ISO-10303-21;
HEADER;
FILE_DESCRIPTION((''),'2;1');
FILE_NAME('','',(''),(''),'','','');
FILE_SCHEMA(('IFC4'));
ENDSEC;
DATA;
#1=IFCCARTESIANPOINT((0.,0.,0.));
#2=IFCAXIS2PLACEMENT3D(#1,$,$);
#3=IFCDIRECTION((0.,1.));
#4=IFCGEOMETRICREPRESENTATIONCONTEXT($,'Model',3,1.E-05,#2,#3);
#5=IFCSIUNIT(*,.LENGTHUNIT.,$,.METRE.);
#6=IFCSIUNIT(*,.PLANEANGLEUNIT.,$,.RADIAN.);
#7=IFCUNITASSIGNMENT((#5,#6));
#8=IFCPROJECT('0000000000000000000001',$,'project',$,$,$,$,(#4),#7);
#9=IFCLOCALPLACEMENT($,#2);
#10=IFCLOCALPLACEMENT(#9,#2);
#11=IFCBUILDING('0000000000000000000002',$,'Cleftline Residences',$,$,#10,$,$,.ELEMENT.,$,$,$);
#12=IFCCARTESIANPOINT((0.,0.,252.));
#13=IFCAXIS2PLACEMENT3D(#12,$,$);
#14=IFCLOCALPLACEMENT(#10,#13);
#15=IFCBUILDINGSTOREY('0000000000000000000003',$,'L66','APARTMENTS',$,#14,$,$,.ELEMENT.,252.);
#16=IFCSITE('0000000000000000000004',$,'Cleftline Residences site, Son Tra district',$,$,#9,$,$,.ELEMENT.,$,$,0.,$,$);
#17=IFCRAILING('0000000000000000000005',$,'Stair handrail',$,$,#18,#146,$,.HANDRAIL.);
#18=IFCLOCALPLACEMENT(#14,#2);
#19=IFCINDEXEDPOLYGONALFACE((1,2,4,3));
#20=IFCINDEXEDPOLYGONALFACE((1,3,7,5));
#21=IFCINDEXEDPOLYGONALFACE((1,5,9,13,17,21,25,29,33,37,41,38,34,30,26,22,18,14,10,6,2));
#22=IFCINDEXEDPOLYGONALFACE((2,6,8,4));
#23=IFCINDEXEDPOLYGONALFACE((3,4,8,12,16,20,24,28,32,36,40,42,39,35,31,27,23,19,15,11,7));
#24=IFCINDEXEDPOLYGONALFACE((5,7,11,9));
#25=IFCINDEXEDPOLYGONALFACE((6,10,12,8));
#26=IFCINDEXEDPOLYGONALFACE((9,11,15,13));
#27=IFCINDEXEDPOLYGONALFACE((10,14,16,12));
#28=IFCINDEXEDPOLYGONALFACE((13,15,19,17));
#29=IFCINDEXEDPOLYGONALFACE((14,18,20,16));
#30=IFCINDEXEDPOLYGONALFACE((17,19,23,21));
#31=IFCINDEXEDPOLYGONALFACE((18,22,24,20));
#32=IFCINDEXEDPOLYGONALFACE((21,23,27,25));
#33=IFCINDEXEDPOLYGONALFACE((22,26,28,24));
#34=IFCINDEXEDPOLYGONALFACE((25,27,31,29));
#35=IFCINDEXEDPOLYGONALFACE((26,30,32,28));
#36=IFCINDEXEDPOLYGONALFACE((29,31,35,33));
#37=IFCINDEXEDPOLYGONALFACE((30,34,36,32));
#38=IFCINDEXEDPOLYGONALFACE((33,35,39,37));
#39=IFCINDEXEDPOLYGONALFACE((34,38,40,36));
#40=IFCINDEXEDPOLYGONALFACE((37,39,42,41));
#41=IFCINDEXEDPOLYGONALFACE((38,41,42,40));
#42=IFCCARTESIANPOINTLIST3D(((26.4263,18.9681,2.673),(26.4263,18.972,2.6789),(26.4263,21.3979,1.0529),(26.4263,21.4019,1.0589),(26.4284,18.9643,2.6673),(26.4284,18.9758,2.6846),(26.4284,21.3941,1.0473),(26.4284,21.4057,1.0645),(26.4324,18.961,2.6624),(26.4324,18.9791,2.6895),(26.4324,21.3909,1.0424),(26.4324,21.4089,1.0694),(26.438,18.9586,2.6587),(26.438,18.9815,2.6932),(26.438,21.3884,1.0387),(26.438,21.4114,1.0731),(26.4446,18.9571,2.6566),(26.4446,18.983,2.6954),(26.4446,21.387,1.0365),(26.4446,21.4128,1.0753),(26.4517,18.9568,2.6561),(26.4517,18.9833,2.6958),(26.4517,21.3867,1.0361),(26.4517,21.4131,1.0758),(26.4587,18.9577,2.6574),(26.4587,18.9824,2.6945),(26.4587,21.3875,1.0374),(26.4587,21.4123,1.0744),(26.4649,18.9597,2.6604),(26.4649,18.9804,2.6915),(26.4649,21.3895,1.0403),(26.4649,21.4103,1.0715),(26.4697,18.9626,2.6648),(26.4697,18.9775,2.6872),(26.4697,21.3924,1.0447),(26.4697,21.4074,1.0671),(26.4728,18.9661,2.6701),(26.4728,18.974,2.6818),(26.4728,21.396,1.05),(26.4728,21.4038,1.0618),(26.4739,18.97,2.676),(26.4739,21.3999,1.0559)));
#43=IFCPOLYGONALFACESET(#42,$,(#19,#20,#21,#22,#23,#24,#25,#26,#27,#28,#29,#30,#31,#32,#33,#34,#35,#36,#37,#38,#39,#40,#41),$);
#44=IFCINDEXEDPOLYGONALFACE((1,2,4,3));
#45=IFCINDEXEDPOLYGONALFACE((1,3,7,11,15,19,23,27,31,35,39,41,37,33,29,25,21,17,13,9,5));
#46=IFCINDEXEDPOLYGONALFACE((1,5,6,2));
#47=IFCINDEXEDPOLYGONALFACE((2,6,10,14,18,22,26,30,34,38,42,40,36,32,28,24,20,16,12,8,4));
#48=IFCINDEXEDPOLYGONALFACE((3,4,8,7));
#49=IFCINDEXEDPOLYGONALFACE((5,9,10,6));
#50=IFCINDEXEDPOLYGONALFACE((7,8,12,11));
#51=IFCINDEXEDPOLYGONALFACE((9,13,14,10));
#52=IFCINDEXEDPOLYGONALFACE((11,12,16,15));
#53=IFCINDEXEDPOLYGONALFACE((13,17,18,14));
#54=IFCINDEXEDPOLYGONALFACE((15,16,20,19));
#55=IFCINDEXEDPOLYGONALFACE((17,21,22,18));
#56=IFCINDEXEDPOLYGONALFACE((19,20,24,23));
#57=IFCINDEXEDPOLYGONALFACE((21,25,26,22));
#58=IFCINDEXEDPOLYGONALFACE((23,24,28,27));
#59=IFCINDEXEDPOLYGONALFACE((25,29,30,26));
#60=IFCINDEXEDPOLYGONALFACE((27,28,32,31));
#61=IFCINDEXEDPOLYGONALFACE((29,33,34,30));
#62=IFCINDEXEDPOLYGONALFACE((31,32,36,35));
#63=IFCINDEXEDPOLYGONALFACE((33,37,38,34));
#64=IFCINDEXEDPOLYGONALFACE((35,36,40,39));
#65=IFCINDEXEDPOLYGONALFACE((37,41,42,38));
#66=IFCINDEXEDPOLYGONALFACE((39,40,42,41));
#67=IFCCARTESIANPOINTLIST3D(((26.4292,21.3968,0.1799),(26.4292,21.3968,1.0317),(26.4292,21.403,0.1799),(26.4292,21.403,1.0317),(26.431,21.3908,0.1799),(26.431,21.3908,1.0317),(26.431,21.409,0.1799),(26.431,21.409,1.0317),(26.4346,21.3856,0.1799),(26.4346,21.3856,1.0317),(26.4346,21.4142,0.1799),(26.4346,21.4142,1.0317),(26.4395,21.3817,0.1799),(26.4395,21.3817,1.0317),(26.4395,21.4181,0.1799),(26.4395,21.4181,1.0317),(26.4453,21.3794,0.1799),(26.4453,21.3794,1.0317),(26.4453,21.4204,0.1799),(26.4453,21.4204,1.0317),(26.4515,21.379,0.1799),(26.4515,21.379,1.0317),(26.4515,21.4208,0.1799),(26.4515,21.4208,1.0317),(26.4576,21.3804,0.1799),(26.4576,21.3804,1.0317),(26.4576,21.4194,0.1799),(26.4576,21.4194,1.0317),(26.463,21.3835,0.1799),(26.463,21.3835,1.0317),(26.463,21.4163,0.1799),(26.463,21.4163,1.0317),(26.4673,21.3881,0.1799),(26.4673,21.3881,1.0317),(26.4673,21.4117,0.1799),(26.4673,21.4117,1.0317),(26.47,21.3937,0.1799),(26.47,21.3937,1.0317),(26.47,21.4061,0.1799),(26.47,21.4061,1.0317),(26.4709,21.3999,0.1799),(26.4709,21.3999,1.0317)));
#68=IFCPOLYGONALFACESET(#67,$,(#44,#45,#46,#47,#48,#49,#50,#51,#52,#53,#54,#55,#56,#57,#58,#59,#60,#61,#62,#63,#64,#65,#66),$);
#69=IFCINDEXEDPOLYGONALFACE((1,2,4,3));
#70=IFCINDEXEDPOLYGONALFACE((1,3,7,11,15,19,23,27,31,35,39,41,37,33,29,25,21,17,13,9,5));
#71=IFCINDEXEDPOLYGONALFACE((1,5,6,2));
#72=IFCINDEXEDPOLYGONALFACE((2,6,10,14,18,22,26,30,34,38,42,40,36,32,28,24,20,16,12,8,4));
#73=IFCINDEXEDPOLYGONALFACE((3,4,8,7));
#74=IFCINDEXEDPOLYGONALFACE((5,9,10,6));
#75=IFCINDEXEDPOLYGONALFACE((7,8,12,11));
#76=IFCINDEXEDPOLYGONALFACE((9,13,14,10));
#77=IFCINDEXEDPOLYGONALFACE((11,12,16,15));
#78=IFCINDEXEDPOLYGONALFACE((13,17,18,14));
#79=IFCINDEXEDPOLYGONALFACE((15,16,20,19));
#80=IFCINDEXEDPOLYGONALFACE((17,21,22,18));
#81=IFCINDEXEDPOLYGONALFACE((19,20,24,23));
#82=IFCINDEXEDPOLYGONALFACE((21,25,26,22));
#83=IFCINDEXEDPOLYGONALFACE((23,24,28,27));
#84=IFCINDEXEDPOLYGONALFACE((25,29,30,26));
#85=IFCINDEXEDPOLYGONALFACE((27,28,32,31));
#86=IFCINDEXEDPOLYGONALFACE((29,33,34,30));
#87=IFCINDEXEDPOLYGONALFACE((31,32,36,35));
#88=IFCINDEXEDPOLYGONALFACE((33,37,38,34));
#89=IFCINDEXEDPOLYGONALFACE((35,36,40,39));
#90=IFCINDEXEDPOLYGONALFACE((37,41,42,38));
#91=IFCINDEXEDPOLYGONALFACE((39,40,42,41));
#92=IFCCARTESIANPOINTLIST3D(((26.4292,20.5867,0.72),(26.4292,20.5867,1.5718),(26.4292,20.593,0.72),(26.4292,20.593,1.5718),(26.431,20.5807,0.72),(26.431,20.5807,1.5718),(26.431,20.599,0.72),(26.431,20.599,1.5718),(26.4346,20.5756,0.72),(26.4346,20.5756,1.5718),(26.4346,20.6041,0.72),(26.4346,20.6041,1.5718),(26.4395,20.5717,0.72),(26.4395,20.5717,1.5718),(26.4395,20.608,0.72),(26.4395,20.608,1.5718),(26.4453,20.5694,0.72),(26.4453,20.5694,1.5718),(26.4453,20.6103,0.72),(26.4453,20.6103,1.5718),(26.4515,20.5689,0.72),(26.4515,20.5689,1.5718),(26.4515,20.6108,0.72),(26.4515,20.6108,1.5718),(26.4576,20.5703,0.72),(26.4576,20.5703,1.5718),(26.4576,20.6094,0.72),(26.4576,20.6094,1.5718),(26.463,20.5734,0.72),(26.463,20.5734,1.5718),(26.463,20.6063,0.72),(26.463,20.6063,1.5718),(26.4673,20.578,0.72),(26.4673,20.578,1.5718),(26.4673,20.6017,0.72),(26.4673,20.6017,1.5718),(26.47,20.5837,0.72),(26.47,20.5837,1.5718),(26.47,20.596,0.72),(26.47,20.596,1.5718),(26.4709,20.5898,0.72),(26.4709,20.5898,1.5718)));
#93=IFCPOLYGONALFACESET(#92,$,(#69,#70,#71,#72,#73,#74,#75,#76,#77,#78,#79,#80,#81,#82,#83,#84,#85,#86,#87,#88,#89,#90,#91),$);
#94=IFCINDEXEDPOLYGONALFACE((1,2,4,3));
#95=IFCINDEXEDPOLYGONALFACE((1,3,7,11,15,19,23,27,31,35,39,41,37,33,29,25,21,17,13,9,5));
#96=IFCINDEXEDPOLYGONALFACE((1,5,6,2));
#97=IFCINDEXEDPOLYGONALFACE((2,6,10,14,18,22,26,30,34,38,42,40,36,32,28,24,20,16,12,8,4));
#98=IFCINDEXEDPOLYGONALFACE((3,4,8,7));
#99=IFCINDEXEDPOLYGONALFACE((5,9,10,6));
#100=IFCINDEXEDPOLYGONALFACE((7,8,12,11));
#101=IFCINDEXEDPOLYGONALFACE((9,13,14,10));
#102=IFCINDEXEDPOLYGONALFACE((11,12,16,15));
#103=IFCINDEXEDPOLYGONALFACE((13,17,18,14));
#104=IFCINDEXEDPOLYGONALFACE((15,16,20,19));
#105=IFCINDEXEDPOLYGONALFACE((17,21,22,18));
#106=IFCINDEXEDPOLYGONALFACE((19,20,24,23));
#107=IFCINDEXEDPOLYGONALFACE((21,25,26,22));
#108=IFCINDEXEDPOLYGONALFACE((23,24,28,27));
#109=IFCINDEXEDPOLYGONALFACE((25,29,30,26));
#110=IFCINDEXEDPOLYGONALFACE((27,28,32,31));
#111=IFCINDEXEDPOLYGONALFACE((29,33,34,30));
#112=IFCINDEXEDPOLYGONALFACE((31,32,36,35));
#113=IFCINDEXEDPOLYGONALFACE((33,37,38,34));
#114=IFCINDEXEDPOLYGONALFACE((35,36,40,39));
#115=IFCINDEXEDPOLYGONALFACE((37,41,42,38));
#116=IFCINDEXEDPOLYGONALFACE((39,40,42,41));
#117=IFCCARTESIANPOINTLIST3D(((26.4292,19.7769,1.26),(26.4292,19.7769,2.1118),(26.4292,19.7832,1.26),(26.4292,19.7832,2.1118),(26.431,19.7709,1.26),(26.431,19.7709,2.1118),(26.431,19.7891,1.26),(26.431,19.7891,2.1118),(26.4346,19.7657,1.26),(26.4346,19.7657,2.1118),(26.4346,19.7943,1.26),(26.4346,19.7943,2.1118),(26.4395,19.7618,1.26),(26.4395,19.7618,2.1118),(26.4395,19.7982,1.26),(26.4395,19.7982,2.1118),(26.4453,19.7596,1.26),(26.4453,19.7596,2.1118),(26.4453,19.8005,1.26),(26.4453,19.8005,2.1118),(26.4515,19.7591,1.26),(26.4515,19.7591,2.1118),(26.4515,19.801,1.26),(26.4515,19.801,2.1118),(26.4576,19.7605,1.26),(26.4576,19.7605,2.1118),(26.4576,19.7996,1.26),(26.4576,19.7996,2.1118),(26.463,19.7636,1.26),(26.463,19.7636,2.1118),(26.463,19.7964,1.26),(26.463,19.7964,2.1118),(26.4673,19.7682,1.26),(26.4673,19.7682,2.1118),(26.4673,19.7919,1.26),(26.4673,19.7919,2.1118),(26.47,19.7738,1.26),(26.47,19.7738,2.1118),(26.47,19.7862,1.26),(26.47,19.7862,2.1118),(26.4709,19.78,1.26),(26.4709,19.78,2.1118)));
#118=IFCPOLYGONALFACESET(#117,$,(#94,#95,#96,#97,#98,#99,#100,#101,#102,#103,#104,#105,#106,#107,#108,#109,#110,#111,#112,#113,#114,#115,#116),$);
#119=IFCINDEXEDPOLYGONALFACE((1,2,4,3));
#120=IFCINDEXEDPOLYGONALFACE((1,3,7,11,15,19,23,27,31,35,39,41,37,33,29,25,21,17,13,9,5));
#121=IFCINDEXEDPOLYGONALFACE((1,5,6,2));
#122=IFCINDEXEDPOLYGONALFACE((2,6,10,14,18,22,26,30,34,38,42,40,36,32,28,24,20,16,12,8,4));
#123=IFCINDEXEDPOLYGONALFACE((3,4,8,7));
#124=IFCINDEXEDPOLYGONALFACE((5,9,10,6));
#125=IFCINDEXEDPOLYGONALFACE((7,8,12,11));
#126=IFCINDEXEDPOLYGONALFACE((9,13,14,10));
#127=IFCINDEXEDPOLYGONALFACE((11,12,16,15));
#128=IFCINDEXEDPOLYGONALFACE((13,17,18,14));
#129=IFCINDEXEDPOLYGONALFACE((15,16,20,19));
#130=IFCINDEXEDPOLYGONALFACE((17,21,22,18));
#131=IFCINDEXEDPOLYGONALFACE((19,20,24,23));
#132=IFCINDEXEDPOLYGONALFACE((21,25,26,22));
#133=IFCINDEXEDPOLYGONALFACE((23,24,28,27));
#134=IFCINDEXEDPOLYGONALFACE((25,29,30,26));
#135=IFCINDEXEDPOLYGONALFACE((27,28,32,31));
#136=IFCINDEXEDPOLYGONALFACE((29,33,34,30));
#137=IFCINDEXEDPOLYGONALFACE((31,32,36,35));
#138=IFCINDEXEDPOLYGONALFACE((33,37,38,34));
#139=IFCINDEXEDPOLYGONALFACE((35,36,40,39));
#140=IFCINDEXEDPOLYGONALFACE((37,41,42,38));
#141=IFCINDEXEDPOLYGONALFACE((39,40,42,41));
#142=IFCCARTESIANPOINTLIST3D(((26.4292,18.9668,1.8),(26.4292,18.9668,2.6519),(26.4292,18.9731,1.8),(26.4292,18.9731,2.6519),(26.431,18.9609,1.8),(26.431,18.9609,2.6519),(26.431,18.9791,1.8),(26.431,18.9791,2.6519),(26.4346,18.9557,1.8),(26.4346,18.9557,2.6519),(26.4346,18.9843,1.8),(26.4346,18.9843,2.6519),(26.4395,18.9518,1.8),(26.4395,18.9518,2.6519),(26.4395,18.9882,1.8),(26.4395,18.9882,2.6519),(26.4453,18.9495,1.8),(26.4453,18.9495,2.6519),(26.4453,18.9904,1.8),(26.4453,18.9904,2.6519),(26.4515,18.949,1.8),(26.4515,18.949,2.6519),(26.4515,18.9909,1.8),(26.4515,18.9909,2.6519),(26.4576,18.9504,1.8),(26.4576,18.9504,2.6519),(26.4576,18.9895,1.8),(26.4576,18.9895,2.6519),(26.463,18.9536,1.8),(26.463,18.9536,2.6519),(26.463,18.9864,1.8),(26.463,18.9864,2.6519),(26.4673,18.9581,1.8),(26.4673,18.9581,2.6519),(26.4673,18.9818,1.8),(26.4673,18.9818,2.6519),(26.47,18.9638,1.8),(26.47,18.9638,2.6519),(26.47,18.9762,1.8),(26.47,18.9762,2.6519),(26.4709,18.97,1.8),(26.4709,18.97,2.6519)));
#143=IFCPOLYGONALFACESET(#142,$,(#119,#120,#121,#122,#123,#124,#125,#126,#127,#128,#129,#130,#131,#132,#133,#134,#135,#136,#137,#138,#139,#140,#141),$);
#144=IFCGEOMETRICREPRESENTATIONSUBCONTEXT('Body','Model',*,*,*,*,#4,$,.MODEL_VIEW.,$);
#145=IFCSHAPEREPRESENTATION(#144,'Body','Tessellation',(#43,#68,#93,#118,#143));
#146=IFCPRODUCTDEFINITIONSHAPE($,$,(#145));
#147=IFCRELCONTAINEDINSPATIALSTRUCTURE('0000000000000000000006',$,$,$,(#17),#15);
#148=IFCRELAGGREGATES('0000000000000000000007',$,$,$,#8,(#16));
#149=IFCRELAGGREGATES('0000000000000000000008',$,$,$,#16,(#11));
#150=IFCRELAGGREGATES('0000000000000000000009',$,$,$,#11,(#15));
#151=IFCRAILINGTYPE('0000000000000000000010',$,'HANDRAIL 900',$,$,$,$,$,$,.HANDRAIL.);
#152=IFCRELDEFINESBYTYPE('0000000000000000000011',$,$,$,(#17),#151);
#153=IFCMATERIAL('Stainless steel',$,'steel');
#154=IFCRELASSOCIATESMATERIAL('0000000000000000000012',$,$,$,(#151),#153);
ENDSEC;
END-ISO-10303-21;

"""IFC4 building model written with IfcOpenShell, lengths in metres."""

from ifc_helpers import new_model, si_unit, direction, frame, origin, origin_2d, place, context, subcontext, project, spatial, circle, extrude, material, type_object, element, save


model = new_model("IFC4")

# Units and contexts
model_context = context("Model", 3, precision=1e-05, world=origin(), true_north=direction((0.0, 1.0)))
body_context = subcontext(model_context, "Body", "Model", "MODEL_VIEW")
ifc_project = project(units=[si_unit("LENGTHUNIT", "METRE"), si_unit("PLANEANGLEUNIT", "RADIAN")], contexts=[model_context])

# Site, building, storey
site_placement = place(None, origin())
site = spatial("IfcSite", under=ifc_project, at=site_placement, Name="Cleftline Residences site, Son Tra district", CompositionType="ELEMENT", RefElevation=0.0)
building_placement = place(site_placement, origin())
building = spatial("IfcBuilding", under=site, at=building_placement, Name="Cleftline Residences", CompositionType="ELEMENT")
storey_placement = place(building_placement, frame((0.0, 0.0, 252.0)))
storey = spatial("IfcBuildingStorey", under=building, at=storey_placement, Name="L66", Description="APARTMENTS", CompositionType="ELEMENT", Elevation=252.0)

# Railing
ifc_material_1 = material(Name="Stainless steel", Category="steel")
railing_type = type_object("IfcRailingType", Name="HANDRAIL 900", PredefinedType="HANDRAIL", material=ifc_material_1)
railing_1_placement = place(storey_placement, frame((26.45, 21.3999, 0.1799)))
element("IfcRailing", 1, at=railing_1_placement, inside=storey, type_object=railing_type, Name="Stair handrail", PredefinedType="HANDRAIL", context=body_context, shape_type="SweptSolid", body=[
    extrude(circle(Radius=0.0239, at=origin_2d()), frame((0.0, 0.0, 0.876), z_axis=(0.0, -0.832025, 0.554739), x_axis=(1.0, 0.0, 0.0)), (0.0, 0.0, 1.0), 2.9204),
    extrude(circle(Radius=0.021, at=origin_2d()), origin(), (0.0, 0.0, 1.0), 0.8518),
    extrude(circle(Radius=0.021, at=origin_2d()), frame((0.0, -0.8101, 0.54)), (0.0, 0.0, 1.0), 0.8518),
    extrude(circle(Radius=0.021, at=origin_2d()), frame((0.0, -1.6199, 1.0801)), (0.0, 0.0, 1.0), 0.8518),
    extrude(circle(Radius=0.021, at=origin_2d()), frame((0.0, -2.4299, 1.6201)), (0.0, 0.0, 1.0), 0.8518),
])

save(model, "model.ifc")
